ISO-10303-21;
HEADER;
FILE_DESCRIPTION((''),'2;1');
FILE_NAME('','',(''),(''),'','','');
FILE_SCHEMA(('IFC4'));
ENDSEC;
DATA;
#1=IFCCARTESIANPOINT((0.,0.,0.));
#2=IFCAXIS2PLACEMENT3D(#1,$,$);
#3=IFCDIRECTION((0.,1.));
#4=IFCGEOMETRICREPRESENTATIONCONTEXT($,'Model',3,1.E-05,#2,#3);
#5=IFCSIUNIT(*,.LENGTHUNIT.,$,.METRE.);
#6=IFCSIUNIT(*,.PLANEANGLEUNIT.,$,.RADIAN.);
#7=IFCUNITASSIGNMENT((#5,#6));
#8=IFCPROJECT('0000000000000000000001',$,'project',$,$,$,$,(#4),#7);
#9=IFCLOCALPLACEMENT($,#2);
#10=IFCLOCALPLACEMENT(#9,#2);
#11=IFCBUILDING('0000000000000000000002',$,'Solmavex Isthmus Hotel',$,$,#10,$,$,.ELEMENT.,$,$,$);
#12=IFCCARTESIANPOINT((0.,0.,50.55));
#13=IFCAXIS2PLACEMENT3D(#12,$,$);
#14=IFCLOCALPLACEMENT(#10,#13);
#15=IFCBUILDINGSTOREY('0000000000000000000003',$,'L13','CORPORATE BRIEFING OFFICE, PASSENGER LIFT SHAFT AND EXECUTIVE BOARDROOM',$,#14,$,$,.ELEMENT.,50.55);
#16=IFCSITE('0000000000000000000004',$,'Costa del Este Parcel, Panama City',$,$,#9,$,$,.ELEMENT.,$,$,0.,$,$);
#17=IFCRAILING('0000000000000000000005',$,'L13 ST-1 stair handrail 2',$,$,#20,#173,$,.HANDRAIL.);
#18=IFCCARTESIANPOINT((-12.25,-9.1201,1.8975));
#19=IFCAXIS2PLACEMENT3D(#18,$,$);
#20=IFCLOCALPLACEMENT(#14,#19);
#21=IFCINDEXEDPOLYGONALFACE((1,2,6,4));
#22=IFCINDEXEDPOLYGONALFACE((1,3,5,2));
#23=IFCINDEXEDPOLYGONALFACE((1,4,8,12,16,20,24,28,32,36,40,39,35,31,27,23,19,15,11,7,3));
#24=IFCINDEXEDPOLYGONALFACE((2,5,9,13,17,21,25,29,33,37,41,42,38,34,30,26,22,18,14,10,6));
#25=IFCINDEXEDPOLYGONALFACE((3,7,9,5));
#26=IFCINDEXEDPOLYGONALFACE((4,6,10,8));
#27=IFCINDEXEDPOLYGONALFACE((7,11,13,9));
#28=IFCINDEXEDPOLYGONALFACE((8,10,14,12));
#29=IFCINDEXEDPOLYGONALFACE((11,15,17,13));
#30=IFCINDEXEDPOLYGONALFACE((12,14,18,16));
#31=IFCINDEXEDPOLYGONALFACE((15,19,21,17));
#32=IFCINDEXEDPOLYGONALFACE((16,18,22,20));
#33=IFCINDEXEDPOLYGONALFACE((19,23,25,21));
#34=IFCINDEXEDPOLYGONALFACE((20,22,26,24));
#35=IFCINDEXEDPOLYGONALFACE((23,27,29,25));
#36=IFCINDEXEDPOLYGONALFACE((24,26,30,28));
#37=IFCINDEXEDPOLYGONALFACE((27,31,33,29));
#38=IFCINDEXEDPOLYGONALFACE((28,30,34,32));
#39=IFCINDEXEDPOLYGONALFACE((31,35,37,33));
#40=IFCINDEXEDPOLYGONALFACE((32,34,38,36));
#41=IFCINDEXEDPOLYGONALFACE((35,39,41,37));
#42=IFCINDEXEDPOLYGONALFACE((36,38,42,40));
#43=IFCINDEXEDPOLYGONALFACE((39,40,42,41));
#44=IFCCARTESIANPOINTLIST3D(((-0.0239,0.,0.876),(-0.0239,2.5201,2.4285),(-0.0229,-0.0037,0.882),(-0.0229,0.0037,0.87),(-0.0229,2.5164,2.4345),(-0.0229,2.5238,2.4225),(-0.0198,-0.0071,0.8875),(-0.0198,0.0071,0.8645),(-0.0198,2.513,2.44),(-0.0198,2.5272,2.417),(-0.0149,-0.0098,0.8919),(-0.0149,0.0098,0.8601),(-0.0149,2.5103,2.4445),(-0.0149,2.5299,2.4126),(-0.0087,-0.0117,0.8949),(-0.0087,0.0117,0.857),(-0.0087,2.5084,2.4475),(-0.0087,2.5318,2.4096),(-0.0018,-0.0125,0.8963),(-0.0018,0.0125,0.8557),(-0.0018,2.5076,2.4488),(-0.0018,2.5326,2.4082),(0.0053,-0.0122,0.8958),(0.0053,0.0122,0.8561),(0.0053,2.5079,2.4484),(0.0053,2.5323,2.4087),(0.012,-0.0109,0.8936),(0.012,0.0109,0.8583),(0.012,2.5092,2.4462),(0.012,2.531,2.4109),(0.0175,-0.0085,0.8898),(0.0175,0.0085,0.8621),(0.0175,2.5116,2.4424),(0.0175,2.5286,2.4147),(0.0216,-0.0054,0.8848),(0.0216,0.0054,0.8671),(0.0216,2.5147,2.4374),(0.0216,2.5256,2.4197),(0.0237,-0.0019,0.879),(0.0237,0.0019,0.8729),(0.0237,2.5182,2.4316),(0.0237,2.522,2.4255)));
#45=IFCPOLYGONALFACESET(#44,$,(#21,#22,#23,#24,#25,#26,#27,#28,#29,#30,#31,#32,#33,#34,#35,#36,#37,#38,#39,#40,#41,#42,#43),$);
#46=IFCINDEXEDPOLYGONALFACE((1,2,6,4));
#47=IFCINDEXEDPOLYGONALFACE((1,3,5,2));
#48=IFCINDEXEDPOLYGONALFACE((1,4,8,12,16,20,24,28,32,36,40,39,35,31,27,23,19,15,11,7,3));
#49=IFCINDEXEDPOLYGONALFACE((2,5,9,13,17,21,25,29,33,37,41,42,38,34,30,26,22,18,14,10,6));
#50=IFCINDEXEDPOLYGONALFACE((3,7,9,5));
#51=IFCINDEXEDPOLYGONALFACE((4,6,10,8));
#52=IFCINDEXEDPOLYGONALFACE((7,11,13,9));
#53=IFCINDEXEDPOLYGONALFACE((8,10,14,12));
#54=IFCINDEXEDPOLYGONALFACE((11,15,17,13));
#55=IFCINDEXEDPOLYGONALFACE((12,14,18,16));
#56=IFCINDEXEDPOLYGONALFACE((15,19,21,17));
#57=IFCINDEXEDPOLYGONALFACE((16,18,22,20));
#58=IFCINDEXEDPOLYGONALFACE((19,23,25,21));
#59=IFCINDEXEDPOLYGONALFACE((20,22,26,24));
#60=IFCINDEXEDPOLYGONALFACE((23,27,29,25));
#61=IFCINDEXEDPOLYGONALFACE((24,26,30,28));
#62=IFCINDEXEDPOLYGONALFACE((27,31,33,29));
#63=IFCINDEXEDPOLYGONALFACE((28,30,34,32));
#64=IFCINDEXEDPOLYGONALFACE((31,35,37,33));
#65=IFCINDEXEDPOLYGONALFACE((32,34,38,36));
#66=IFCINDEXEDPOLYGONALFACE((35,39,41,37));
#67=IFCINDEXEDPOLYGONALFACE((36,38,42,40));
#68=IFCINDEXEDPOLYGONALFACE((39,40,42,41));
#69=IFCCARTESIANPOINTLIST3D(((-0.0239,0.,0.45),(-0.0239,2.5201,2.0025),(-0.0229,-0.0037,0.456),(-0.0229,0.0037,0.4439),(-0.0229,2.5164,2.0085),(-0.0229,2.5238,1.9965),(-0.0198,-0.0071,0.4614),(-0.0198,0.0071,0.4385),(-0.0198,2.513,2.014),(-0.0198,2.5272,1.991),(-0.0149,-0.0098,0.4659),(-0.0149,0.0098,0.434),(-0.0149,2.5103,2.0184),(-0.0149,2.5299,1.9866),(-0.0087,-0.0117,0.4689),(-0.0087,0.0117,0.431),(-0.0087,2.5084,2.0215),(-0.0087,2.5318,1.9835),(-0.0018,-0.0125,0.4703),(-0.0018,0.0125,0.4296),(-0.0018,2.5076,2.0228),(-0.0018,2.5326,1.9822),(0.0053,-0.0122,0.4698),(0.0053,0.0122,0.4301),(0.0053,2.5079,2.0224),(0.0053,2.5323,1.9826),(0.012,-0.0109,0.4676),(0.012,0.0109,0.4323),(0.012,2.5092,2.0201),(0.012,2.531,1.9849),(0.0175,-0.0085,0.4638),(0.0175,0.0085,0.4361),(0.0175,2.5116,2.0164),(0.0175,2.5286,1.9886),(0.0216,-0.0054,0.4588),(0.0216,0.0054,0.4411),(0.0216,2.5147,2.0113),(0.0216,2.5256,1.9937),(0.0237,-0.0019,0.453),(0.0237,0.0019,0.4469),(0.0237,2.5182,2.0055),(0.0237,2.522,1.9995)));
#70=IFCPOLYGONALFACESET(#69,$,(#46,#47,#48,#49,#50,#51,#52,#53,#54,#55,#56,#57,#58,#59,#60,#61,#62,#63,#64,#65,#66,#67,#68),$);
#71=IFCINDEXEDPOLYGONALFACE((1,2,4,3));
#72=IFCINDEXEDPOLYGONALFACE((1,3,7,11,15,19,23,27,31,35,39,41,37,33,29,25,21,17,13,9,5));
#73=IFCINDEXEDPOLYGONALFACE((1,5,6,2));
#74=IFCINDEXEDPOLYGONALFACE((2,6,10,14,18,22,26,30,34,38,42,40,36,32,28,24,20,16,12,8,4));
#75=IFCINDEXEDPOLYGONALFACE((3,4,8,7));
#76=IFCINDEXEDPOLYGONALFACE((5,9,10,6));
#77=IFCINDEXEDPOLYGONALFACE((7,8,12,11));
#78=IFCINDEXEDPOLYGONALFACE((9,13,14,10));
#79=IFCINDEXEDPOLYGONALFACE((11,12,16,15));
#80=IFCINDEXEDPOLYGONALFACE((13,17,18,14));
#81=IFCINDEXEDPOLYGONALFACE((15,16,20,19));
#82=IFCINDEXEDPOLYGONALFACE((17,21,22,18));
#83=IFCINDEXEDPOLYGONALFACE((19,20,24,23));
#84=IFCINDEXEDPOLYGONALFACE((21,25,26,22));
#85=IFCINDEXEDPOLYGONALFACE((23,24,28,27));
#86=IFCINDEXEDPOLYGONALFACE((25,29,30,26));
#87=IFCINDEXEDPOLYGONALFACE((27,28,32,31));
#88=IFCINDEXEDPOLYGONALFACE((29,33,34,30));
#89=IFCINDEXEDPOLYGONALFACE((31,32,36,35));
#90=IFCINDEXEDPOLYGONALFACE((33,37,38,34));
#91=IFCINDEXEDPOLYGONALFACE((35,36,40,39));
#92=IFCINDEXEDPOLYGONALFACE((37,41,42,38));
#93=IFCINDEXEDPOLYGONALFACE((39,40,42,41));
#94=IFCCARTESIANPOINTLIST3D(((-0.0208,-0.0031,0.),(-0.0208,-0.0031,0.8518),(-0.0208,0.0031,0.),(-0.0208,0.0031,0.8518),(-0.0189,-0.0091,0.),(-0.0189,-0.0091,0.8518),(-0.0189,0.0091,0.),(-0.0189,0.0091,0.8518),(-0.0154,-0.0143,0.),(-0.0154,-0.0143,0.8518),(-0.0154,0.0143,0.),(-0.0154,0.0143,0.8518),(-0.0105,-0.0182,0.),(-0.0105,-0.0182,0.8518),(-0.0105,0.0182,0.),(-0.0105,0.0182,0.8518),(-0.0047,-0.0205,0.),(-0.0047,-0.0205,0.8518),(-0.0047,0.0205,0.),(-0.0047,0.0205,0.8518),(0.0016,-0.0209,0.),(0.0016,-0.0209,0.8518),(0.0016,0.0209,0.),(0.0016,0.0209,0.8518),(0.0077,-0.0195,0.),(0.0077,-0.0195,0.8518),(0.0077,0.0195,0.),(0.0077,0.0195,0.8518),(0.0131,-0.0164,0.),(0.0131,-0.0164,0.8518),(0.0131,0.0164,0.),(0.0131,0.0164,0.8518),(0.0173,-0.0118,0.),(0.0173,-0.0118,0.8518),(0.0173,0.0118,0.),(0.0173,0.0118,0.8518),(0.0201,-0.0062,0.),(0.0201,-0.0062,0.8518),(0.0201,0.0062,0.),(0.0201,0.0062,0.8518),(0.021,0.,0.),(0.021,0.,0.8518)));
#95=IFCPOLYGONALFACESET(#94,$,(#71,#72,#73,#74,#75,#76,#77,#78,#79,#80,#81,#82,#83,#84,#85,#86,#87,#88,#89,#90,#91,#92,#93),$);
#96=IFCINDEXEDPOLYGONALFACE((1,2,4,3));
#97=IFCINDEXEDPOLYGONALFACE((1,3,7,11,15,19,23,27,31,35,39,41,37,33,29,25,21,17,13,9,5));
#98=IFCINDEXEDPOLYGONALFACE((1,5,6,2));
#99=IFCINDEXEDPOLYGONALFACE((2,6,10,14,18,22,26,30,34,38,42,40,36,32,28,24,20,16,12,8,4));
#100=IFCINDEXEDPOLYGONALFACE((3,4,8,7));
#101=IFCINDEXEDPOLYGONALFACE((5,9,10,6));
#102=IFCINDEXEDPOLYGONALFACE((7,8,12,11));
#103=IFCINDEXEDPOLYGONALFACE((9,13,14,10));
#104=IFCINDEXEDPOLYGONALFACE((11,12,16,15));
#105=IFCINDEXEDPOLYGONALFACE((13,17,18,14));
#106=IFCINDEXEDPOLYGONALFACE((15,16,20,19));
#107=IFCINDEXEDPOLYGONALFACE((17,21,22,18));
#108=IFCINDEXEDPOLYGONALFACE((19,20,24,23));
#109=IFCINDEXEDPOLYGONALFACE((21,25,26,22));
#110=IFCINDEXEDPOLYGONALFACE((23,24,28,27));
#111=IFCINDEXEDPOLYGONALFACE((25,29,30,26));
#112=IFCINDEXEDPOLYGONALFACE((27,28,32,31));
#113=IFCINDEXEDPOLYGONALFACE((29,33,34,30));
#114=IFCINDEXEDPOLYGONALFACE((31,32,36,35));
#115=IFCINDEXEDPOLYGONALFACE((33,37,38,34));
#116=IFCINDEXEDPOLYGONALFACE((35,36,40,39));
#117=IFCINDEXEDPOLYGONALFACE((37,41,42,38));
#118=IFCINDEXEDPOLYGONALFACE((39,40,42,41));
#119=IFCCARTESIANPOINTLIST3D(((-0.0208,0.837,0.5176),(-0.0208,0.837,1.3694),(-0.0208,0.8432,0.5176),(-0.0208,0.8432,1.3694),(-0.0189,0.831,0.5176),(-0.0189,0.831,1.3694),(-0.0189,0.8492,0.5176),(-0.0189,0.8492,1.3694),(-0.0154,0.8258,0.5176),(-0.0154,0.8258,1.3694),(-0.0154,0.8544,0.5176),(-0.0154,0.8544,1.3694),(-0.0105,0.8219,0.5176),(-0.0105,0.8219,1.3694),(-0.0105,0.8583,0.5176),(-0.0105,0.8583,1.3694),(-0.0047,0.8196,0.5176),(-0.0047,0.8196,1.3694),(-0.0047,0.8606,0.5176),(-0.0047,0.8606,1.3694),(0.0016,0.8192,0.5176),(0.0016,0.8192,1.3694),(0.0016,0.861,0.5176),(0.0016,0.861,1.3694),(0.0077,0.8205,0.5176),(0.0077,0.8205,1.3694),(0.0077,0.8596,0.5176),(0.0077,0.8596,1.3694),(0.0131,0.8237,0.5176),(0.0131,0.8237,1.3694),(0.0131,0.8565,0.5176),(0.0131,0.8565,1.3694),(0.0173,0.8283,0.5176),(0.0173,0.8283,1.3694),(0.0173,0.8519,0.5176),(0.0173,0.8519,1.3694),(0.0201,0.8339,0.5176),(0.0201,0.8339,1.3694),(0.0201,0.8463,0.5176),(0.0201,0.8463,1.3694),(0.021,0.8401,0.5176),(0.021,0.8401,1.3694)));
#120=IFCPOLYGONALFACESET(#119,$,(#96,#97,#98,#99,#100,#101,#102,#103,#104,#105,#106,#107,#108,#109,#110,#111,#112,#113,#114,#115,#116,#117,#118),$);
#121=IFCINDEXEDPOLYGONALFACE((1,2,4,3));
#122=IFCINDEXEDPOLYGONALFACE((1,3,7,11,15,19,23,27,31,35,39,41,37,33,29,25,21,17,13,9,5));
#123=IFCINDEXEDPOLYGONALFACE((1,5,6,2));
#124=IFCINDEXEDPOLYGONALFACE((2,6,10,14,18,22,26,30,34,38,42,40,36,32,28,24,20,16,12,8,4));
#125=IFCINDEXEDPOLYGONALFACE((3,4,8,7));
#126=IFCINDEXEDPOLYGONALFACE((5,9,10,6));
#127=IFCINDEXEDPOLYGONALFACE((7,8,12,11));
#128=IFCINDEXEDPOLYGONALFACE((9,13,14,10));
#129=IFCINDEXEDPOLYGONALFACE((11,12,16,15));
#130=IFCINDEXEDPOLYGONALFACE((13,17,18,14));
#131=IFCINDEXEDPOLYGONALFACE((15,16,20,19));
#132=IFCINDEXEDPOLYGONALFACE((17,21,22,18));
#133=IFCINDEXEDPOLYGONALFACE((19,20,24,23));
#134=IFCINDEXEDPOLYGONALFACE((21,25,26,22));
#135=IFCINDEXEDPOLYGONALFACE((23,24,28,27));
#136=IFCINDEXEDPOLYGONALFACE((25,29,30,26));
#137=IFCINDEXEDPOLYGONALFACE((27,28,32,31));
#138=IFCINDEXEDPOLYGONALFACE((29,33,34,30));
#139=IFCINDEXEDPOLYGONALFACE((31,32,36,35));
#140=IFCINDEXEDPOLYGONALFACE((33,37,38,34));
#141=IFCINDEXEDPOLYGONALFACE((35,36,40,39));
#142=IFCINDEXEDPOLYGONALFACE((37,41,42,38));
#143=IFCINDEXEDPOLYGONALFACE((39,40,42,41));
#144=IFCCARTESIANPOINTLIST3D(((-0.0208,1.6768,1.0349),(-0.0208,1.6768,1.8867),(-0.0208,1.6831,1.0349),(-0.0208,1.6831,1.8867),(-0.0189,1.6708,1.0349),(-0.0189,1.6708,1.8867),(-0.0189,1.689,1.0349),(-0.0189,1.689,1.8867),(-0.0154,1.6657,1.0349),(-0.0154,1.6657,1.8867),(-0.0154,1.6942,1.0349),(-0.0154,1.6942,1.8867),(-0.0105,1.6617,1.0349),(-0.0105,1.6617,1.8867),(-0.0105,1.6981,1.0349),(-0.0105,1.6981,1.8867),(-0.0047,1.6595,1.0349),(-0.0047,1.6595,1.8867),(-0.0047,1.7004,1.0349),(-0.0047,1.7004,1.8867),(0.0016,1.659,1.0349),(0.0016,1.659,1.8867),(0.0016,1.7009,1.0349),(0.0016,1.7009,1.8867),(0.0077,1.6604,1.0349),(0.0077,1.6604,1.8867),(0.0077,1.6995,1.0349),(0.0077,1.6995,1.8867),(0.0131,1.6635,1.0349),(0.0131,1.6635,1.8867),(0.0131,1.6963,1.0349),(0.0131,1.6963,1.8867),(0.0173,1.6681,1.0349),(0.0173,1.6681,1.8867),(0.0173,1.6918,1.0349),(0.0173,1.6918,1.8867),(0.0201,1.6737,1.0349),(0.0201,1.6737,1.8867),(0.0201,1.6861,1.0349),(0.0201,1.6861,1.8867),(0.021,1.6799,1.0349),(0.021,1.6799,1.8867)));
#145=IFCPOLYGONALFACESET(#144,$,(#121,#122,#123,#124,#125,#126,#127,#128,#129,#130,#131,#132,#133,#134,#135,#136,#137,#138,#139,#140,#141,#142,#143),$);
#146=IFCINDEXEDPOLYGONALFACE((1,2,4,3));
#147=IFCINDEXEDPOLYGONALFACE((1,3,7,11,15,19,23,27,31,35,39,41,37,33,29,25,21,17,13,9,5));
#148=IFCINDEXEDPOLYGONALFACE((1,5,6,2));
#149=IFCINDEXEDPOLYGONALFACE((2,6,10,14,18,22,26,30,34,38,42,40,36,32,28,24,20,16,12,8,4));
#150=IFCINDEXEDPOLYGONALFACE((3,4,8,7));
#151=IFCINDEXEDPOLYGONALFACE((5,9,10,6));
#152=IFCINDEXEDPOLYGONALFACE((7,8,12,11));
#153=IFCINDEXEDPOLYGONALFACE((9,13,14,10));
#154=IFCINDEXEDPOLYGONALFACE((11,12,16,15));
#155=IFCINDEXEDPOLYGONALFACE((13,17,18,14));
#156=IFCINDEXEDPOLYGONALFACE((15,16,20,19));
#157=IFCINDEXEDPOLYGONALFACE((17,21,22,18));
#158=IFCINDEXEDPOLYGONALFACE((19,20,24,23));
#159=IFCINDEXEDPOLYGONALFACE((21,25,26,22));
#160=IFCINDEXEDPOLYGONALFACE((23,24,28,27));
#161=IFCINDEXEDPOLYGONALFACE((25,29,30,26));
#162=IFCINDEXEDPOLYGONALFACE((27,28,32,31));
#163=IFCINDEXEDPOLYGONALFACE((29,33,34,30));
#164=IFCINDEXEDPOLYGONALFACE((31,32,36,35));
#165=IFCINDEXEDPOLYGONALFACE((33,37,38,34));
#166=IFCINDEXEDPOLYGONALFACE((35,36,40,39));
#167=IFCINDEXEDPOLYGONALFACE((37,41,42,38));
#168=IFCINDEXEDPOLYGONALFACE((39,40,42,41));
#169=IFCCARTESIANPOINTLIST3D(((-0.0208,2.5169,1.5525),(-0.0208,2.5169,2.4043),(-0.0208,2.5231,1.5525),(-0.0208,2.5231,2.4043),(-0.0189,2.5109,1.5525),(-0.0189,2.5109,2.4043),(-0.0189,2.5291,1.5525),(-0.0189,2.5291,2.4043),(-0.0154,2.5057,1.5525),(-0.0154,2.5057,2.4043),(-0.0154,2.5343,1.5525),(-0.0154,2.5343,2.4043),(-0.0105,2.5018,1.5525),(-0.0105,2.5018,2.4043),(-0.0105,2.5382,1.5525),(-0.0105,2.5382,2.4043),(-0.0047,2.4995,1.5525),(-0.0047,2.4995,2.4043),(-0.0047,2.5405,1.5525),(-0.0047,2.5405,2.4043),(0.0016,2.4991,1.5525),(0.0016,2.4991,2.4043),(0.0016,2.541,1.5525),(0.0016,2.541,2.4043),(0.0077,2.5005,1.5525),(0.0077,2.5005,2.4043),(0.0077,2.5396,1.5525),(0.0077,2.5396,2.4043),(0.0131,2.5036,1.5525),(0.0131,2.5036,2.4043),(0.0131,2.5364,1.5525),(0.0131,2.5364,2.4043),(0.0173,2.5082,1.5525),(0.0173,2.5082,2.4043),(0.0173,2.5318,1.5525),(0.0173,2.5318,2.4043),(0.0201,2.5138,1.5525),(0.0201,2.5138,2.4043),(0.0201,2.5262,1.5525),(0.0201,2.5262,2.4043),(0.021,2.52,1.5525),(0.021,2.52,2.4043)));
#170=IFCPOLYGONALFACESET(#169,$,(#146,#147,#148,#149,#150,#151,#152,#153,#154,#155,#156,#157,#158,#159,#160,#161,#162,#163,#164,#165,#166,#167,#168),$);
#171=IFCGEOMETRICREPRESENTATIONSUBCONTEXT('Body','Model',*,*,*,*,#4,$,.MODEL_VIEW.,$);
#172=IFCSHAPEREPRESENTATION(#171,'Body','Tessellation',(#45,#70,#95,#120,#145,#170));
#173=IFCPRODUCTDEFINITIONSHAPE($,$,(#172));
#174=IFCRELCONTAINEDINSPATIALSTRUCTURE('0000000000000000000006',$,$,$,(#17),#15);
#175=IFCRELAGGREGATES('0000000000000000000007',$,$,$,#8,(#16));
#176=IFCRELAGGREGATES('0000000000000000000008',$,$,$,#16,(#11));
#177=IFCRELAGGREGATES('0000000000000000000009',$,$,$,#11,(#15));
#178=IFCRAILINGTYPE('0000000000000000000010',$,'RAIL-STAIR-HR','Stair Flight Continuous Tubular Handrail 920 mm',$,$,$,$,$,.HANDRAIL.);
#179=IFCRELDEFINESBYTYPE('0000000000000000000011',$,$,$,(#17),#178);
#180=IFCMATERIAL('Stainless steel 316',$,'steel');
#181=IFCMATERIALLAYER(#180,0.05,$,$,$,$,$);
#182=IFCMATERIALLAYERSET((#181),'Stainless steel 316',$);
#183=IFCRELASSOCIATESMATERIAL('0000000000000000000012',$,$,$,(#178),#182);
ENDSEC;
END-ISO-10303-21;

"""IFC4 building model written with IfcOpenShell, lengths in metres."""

from ifc_helpers import new_model, si_unit, direction, frame, origin, origin_2d, place, context, subcontext, project, spatial, circle, extrude, material, layer, layer_set, type_object, element, save


model = new_model("IFC4")

# Units and contexts
model_context = context("Model", 3, precision=1e-05, world=origin(), true_north=direction((0.0, 1.0)))
body_context = subcontext(model_context, "Body", "Model", "MODEL_VIEW")
ifc_project = project(units=[si_unit("LENGTHUNIT", "METRE"), si_unit("PLANEANGLEUNIT", "RADIAN")], contexts=[model_context])

# Site, building, storey
site_placement = place(None, origin())
site = spatial("IfcSite", under=ifc_project, at=site_placement, Name="Costa del Este Parcel, Panama City", CompositionType="ELEMENT", RefElevation=0.0)
building_placement = place(site_placement, origin())
building = spatial("IfcBuilding", under=site, at=building_placement, Name="Solmavex Isthmus Hotel", CompositionType="ELEMENT")
storey_placement = place(building_placement, frame((0.0, 0.0, 50.55)))
storey = spatial("IfcBuildingStorey", under=building, at=storey_placement, Name="L13", Description="CORPORATE BRIEFING OFFICE, PASSENGER LIFT SHAFT AND EXECUTIVE BOARDROOM", CompositionType="ELEMENT", Elevation=50.55)

# Railing
ifc_material_1 = material(Name="Stainless steel 316", Category="steel")
ifc_layer_1 = layer(ifc_material_1, 0.05)
ifc_layer_set_1 = layer_set([ifc_layer_1], Name="Stainless steel 316")
railing_type_1 = type_object("IfcRailingType", Name="RAIL-STAIR-HR", Description="Stair Flight Continuous Tubular Handrail 920 mm", PredefinedType="HANDRAIL", material=ifc_layer_set_1)
railing_1_placement = place(storey_placement, frame((-12.25, -9.1201, 1.8975)))
element("IfcRailing", 1, at=railing_1_placement, inside=storey, type_object=railing_type_1, Name="L13 ST-1 stair handrail 2", PredefinedType="HANDRAIL", context=body_context, shape_type="SweptSolid", body=[
    extrude(circle(Radius=0.0239, at=origin_2d()), frame((0.0, 0.0, 0.876), z_axis=(0.0, 0.8514, 0.524516), x_axis=(-1.0, 0.0, 0.0)), (0.0, 0.0, 1.0), 2.96),
    extrude(circle(Radius=0.0239, at=origin_2d()), frame((0.0, 0.0, 0.45), z_axis=(0.0, 0.8514, 0.524516), x_axis=(-1.0, 0.0, 0.0)), (0.0, 0.0, 1.0), 2.96),
    extrude(circle(Radius=0.021, at=origin_2d()), origin(), (0.0, 0.0, 1.0), 0.8518),
    extrude(circle(Radius=0.021, at=origin_2d()), frame((0.0, 0.8401, 0.5176)), (0.0, 0.0, 1.0), 0.8518),
    extrude(circle(Radius=0.021, at=origin_2d()), frame((0.0, 1.6799, 1.0349)), (0.0, 0.0, 1.0), 0.8518),
    extrude(circle(Radius=0.021, at=origin_2d()), frame((0.0, 2.52, 1.5525)), (0.0, 0.0, 1.0), 0.8518),
])

save(model, "model.ifc")
